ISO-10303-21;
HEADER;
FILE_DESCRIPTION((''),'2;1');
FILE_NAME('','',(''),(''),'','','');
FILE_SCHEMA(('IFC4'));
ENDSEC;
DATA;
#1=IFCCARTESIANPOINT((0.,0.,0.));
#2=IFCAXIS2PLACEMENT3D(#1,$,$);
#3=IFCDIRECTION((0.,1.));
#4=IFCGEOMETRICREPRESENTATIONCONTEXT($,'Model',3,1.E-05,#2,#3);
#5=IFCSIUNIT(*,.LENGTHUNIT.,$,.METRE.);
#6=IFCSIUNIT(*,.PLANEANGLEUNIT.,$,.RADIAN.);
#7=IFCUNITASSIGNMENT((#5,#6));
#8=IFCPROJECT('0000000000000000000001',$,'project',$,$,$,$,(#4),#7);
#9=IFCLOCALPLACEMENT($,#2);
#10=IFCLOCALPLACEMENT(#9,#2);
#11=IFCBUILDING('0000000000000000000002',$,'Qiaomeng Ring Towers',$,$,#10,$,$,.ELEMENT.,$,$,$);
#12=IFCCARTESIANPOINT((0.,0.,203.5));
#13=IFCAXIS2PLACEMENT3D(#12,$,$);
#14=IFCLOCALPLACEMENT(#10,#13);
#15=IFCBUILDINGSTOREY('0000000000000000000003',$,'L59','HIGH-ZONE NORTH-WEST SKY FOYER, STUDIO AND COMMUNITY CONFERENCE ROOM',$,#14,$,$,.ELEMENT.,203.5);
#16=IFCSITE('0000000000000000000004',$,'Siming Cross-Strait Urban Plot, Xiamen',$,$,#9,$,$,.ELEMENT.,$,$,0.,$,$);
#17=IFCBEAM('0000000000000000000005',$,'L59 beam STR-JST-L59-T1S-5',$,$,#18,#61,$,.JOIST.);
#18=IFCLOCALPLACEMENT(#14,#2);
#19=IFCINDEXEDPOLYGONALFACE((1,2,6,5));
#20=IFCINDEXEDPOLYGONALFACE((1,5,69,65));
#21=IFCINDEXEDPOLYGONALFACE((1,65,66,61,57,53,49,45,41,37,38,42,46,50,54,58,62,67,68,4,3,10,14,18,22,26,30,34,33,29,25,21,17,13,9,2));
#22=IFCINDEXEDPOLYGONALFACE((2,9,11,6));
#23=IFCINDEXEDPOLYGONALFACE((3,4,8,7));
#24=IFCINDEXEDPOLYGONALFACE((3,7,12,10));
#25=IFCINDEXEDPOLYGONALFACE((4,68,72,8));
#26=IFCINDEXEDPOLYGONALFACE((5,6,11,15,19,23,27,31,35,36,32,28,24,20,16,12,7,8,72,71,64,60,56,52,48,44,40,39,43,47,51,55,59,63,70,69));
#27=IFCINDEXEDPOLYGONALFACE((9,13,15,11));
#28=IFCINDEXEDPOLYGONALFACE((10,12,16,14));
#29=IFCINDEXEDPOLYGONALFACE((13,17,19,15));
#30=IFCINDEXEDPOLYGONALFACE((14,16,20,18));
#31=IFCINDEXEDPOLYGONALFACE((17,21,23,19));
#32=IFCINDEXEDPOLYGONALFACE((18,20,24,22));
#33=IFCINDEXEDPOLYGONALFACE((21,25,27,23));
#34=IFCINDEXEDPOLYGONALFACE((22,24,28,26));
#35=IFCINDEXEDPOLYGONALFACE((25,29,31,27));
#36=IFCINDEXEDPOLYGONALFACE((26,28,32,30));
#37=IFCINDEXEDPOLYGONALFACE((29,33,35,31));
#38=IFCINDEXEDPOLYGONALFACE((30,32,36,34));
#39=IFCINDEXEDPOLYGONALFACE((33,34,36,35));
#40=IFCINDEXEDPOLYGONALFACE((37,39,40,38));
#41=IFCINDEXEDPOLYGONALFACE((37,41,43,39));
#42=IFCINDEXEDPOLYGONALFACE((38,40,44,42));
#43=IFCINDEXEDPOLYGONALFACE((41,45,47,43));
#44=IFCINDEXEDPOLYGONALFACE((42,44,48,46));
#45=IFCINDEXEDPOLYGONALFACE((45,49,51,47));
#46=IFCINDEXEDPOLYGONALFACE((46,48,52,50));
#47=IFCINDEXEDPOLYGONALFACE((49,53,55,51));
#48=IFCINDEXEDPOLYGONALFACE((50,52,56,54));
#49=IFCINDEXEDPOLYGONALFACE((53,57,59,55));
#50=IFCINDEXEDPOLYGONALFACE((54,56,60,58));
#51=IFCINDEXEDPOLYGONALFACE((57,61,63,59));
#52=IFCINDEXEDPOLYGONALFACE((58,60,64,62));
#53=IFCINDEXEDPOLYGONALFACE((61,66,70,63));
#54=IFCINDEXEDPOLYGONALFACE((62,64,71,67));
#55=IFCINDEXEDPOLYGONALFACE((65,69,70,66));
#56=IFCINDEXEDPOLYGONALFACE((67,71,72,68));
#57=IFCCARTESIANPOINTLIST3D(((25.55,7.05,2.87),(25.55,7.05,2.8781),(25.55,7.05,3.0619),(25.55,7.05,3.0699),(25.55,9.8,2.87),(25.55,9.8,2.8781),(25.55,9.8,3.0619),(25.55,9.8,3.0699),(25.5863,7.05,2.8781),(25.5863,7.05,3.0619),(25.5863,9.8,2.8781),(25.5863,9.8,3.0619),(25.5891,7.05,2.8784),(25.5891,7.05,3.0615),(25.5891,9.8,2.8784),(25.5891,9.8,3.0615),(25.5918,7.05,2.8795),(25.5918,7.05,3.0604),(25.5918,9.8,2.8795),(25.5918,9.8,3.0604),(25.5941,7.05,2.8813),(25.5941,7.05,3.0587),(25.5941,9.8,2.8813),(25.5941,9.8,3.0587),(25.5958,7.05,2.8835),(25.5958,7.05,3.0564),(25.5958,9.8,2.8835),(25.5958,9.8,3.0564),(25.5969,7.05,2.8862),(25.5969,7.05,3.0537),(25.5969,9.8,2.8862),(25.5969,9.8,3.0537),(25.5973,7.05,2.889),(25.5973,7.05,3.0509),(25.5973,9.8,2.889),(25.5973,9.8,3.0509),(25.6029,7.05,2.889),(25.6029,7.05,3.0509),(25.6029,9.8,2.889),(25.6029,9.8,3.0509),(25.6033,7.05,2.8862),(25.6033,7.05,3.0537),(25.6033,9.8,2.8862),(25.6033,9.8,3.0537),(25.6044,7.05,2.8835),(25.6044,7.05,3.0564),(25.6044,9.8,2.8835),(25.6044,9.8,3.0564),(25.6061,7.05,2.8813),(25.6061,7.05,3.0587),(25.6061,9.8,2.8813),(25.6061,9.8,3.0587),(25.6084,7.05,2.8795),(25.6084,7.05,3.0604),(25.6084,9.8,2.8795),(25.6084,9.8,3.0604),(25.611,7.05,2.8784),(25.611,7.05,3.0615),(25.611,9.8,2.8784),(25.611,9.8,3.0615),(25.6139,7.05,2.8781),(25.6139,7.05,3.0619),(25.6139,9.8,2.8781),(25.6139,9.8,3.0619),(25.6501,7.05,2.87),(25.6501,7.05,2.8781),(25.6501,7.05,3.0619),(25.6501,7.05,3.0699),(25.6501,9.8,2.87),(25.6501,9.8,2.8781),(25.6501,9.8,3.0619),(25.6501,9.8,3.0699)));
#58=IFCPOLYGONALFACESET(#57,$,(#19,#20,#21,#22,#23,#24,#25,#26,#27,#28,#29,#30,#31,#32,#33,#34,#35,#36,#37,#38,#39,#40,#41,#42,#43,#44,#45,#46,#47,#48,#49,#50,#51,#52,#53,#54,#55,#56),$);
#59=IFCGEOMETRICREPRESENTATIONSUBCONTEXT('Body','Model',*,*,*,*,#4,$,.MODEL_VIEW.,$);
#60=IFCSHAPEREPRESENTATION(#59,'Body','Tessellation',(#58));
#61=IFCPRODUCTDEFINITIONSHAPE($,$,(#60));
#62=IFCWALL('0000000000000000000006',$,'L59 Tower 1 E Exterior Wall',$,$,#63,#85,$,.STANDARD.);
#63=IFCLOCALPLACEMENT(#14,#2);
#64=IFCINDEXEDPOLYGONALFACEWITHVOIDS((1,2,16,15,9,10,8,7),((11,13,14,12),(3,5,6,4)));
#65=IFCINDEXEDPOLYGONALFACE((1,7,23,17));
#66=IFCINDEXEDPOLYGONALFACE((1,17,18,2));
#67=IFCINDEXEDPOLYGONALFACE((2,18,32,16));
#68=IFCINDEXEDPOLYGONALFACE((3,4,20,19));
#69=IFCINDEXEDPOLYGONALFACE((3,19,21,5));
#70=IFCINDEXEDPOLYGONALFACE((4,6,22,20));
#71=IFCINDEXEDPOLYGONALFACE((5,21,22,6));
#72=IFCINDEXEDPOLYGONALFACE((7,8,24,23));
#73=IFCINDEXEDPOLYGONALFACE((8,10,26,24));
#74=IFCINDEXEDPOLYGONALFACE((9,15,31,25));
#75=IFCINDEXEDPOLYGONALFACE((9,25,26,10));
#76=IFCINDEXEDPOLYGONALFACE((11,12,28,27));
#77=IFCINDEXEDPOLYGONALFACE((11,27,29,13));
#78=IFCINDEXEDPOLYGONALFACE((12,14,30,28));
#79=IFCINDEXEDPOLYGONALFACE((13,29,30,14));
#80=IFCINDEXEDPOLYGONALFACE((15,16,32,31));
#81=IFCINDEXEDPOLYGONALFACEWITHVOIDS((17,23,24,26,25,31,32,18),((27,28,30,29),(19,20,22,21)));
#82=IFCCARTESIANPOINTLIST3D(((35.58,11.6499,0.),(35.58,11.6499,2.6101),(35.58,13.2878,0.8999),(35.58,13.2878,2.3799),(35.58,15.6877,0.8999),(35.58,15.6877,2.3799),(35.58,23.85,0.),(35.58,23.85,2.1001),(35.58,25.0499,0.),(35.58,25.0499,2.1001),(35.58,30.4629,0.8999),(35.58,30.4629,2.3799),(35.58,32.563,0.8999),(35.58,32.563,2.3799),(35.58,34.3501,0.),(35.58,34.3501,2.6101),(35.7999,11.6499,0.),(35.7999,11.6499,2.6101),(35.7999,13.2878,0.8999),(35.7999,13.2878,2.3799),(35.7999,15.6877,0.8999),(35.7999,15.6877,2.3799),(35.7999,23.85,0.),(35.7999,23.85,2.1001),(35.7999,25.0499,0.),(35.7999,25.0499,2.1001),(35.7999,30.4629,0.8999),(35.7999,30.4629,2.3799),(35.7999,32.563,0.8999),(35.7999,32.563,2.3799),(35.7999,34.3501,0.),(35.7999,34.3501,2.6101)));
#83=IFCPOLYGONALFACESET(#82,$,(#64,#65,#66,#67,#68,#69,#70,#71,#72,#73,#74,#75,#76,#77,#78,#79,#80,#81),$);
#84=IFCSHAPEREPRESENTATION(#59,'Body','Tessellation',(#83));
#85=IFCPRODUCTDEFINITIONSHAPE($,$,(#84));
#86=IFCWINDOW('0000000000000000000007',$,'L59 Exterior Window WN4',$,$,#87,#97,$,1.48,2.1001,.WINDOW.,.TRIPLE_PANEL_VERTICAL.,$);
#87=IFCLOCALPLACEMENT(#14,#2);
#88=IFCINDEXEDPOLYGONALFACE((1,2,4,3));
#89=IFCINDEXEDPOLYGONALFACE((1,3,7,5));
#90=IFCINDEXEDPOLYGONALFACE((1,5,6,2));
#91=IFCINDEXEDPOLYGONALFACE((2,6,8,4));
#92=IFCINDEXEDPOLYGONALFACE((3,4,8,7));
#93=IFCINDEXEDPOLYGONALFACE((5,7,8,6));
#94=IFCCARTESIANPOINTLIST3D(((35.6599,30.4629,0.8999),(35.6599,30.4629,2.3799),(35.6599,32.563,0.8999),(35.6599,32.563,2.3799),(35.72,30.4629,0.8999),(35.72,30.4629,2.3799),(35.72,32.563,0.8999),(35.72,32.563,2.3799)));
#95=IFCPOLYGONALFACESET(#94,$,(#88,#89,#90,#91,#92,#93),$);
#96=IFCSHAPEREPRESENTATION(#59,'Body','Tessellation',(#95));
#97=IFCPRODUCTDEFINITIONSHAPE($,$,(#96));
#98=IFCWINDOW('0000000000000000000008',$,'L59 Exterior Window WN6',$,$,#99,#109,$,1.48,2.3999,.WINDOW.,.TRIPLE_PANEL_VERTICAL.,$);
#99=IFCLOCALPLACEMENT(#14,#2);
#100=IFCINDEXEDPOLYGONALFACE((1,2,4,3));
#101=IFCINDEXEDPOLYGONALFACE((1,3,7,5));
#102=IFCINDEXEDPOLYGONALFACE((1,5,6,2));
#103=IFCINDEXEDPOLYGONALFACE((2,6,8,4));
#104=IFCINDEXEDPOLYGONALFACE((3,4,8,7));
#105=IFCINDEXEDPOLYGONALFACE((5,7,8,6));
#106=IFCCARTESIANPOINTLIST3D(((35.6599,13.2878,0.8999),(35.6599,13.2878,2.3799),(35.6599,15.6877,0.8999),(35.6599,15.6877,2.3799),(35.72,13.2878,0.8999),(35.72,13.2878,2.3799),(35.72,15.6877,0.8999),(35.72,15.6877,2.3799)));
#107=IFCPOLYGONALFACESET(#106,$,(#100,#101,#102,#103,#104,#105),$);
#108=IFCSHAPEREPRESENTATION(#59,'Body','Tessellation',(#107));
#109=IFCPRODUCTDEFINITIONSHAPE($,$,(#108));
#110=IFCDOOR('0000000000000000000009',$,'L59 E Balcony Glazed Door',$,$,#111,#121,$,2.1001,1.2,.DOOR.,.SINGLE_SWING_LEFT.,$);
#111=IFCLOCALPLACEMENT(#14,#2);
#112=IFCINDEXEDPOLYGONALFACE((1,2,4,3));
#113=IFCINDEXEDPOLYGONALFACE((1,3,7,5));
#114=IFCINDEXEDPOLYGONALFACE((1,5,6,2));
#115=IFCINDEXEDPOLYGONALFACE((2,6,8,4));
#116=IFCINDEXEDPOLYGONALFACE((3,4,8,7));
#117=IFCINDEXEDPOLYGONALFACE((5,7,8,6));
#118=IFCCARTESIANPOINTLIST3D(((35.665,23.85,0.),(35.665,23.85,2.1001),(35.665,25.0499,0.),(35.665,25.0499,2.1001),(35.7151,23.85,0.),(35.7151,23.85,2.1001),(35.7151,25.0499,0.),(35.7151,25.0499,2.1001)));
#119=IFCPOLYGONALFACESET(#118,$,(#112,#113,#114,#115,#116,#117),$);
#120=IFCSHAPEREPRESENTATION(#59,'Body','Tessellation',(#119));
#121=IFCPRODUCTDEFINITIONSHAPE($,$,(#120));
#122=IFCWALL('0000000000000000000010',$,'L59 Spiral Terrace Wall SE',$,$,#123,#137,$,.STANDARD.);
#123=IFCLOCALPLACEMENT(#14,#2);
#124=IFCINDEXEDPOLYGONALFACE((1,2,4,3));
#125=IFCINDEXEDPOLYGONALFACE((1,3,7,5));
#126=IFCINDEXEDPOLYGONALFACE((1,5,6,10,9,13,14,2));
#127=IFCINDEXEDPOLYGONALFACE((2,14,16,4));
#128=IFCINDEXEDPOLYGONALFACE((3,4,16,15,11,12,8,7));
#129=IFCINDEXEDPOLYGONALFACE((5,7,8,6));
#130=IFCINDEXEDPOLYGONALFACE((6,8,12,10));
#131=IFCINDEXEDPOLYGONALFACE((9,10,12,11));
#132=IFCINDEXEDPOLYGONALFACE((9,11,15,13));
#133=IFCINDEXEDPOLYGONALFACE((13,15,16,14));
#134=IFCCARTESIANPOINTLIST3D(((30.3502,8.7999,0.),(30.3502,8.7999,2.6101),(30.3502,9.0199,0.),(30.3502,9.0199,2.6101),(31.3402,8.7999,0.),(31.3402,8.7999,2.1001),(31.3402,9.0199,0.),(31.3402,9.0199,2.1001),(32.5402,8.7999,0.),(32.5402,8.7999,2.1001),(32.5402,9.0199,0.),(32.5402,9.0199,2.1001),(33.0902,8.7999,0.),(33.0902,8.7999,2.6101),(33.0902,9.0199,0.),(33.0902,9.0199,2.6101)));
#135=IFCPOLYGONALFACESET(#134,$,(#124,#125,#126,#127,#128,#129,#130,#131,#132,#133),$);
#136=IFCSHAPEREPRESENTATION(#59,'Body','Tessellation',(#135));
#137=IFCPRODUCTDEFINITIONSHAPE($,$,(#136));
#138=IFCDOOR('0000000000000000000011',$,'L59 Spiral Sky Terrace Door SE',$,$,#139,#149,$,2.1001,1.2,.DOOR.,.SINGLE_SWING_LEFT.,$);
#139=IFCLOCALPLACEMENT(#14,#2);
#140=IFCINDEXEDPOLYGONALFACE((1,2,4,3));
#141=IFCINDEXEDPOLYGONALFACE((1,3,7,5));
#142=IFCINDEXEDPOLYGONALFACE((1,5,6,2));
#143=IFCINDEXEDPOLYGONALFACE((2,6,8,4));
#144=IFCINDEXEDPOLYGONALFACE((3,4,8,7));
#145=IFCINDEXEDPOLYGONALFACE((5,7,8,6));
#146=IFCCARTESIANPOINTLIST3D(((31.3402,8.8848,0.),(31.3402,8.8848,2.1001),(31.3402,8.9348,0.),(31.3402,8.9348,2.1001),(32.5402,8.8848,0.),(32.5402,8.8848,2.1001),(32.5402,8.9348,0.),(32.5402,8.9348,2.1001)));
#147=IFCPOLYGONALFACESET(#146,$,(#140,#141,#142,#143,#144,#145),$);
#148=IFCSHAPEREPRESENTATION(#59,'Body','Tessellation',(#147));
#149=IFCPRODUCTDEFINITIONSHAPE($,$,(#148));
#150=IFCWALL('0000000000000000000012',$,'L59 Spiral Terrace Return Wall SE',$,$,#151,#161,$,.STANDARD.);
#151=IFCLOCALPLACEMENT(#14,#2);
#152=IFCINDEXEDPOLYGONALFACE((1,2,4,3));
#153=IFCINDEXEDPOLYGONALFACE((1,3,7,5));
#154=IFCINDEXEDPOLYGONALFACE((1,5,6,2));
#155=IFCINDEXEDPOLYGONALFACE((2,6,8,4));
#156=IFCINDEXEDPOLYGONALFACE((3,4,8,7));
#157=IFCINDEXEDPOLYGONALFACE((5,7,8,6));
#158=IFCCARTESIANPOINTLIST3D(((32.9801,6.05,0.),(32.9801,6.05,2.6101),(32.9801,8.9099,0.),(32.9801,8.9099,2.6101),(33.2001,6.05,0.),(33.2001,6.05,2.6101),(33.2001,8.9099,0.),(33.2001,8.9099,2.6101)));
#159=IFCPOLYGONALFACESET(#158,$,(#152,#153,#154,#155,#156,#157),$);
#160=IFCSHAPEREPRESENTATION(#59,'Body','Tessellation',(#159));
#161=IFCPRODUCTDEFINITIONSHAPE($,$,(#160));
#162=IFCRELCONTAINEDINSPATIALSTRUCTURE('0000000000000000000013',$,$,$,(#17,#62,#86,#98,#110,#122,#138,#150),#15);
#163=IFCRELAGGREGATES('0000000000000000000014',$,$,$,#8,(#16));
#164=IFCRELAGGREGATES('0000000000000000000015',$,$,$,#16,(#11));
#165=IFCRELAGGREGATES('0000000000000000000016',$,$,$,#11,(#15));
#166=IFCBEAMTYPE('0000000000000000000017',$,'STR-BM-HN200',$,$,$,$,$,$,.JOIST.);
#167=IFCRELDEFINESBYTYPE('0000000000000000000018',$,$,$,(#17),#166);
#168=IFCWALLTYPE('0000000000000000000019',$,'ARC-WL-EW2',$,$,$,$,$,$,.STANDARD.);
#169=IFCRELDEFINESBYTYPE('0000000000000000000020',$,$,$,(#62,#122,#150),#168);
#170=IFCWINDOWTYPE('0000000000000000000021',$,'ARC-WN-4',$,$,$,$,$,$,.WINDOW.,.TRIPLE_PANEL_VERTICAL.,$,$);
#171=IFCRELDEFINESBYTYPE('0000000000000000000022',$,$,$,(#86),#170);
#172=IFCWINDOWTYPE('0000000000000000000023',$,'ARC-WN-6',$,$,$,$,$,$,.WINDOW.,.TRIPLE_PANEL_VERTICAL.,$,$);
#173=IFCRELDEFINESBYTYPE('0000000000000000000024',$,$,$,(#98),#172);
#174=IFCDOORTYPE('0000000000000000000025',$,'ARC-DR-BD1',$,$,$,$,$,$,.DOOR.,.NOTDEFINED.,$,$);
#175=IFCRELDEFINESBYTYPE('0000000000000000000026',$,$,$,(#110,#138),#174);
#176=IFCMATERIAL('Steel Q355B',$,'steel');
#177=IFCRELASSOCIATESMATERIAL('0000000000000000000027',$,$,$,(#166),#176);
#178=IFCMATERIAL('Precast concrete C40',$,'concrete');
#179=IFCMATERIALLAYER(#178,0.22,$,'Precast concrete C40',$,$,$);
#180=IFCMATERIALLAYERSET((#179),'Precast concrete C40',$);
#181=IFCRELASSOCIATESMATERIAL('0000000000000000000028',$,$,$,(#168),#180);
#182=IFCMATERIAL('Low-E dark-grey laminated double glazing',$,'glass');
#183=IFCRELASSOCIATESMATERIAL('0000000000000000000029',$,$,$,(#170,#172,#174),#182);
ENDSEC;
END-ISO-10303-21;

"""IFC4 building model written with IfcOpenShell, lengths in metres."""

from ifc_helpers import new_model, si_unit, direction, frame, frame_2d, origin, origin_2d, place, context, subcontext, project, spatial, rectangle, i_section, extrude, source, transform, mapped, material, layer, layer_set, material_profile, profile_set, type_object, element, fill, save


model = new_model("IFC4")

# Units and contexts
model_context = context("Model", 3, precision=1e-05, world=origin(), true_north=direction((0.0, 1.0)))
body_context = subcontext(model_context, "Body", "Model", "MODEL_VIEW")
ifc_project = project(units=[si_unit("LENGTHUNIT", "METRE"), si_unit("PLANEANGLEUNIT", "RADIAN")], contexts=[model_context])

# Site, building, storey
site_placement = place(None, origin())
site = spatial("IfcSite", under=ifc_project, at=site_placement, Name="Siming Cross-Strait Urban Plot, Xiamen", CompositionType="ELEMENT", RefElevation=0.0)
building_placement = place(site_placement, origin())
building = spatial("IfcBuilding", under=site, at=building_placement, Name="Qiaomeng Ring Towers", CompositionType="ELEMENT")
storey_placement = place(building_placement, frame((0.0, 0.0, 203.5)))
storey = spatial("IfcBuildingStorey", under=building, at=storey_placement, Name="L59", Description="HIGH-ZONE NORTH-WEST SKY FOYER, STUDIO AND COMMUNITY CONFERENCE ROOM", CompositionType="ELEMENT", Elevation=203.5)

# Beam
ifc_material_1 = material(Name="Steel Q355B", Category="steel")
ifc_material_profile_1 = material_profile(ifc_material_1, i_section(OverallWidth=0.1001, OverallDepth=0.2, WebThickness=0.0056, FlangeThickness=0.0081, FilletRadius=0.011, at=origin_2d()), Name="HN 200x100x5.5x8")
ifc_profile_set_1 = profile_set([ifc_material_profile_1], Name="Steel Q355B")
beam_type_1 = type_object("IfcBeamType", Name="STR-BM-HN200", PredefinedType="JOIST", material=ifc_profile_set_1)
shared_shape_1 = source(origin(), body_context, "Body", "SweptSolid", [
    extrude(i_section(OverallWidth=0.1001, OverallDepth=0.2, WebThickness=0.0056, FlangeThickness=0.0081, FilletRadius=0.011, at=origin_2d()), origin(), (0.0, 0.0, 1.0), 2.75),
])
beam_1_placement = place(storey_placement, frame((25.6001, 7.05, 2.97), z_axis=(0.0, 1.0, 0.0), x_axis=(-1.0, 0.0, 0.0)))
element("IfcBeam", 1, at=beam_1_placement, inside=storey, type_object=beam_type_1, Name="L59 beam STR-JST-L59-T1S-5", PredefinedType="JOIST", context=body_context, shape_type="MappedRepresentation", body=[
    mapped(shared_shape_1, transform((0.0, 0.0, 0.0), x_axis=(1.0, 0.0, 0.0), y_axis=(0.0, 1.0, 0.0), z_axis=(0.0, 0.0, 1.0), scale=1.0)),
])

# Wall, openings, windows, door
ifc_material_2 = material(Name="Precast concrete C40", Category="concrete")
ifc_layer_1 = layer(ifc_material_2, 0.22, Name="Precast concrete C40")
ifc_layer_set_1 = layer_set([ifc_layer_1], Name="Precast concrete C40")
wall_type_1 = type_object("IfcWallType", Name="ARC-WL-EW2", PredefinedType="STANDARD", material=ifc_layer_set_1)
wall_1_placement = place(storey_placement, frame((35.6899, 11.6499, 0.0), z_axis=(0.0, 0.0, 1.0), x_axis=(0.0, 1.0, 0.0)))
wall_1 = element("IfcWall", 2, at=wall_1_placement, inside=storey, type_object=wall_type_1, Name="L59 Tower 1 E Exterior Wall", PredefinedType="STANDARD", context=body_context, shape_type="SweptSolid", body=[
    extrude(rectangle(XDim=22.7002, YDim=0.22, at=frame_2d((11.3501, 0.0))), origin(), (0.0, 0.0, 1.0), 2.6101),
])
opening_1_placement = place(wall_1_placement, frame((12.2, 0.0, 0.0)))
opening_1 = element("IfcOpeningElement", 3, at=opening_1_placement, cuts=wall_1, PredefinedType="OPENING", context=body_context, shape_type="SweptSolid", body=[
    extrude(rectangle(XDim=1.2, YDim=2.1001, at=frame_2d((0.6001, 1.05))), frame((0.0, 0.1199, 0.0), z_axis=(0.0, -1.0, 0.0), x_axis=(1.0, 0.0, 0.0)), (0.0, 0.0, 1.0), 0.24),
])
opening_2_placement = place(wall_1_placement, frame((1.6379, 0.0, 0.8999)))
opening_2 = element("IfcOpeningElement", 4, at=opening_2_placement, cuts=wall_1, PredefinedType="OPENING", context=body_context, shape_type="SweptSolid", body=[
    extrude(rectangle(XDim=2.3999, YDim=1.48, at=frame_2d((1.2, 0.74))), frame((0.0, 0.1199, 0.0), z_axis=(0.0, -1.0, 0.0), x_axis=(1.0, 0.0, 0.0)), (0.0, 0.0, 1.0), 0.24),
])
opening_3_placement = place(wall_1_placement, frame((18.813, 0.0, 0.8999)))
opening_3 = element("IfcOpeningElement", 5, at=opening_3_placement, cuts=wall_1, PredefinedType="OPENING", context=body_context, shape_type="SweptSolid", body=[
    extrude(rectangle(XDim=2.1001, YDim=1.48, at=frame_2d((1.05, 0.74))), frame((0.0, 0.1199, 0.0), z_axis=(0.0, -1.0, 0.0), x_axis=(1.0, 0.0, 0.0)), (0.0, 0.0, 1.0), 0.24),
])
ifc_material_3 = material(Name="Low-E dark-grey laminated double glazing", Category="glass")
window_type_1 = type_object("IfcWindowType", Name="ARC-WN-4", PartitioningType="TRIPLE_PANEL_VERTICAL", PredefinedType="WINDOW", material=ifc_material_3)
shared_shape_2 = source(origin(), body_context, "Body", "SweptSolid", [
    extrude(rectangle(XDim=2.1001, YDim=1.48, at=frame_2d((1.05, 0.74))), frame((0.0, 0.03, 0.0), z_axis=(0.0, -1.0, 0.0), x_axis=(1.0, 0.0, 0.0)), (0.0, 0.0, 1.0), 0.0601),
])
window_1_placement = place(opening_3_placement, origin())
window_1 = element("IfcWindow", 6, at=window_1_placement, inside=storey, type_object=window_type_1, Name="L59 Exterior Window WN4", OverallHeight=1.48, OverallWidth=2.1001, PartitioningType="TRIPLE_PANEL_VERTICAL", PredefinedType="WINDOW", context=body_context, shape_type="MappedRepresentation", body=[
    mapped(shared_shape_2, transform((0.0, 0.0, 0.0), x_axis=(1.0, 0.0, 0.0), y_axis=(0.0, 1.0, 0.0), z_axis=(0.0, 0.0, 1.0), scale=1.0)),
])
fill(opening_3, window_1)
window_type_2 = type_object("IfcWindowType", Name="ARC-WN-6", PartitioningType="TRIPLE_PANEL_VERTICAL", PredefinedType="WINDOW", material=ifc_material_3)
shared_shape_3 = source(origin(), body_context, "Body", "SweptSolid", [
    extrude(rectangle(XDim=2.3999, YDim=1.48, at=frame_2d((1.2, 0.74))), frame((0.0, 0.03, 0.0), z_axis=(0.0, -1.0, 0.0), x_axis=(1.0, 0.0, 0.0)), (0.0, 0.0, 1.0), 0.0601),
])
window_2_placement = place(opening_2_placement, origin())
window_2 = element("IfcWindow", 7, at=window_2_placement, inside=storey, type_object=window_type_2, Name="L59 Exterior Window WN6", OverallHeight=1.48, OverallWidth=2.3999, PartitioningType="TRIPLE_PANEL_VERTICAL", PredefinedType="WINDOW", context=body_context, shape_type="MappedRepresentation", body=[
    mapped(shared_shape_3, transform((0.0, 0.0, 0.0), x_axis=(1.0, 0.0, 0.0), y_axis=(0.0, 1.0, 0.0), z_axis=(0.0, 0.0, 1.0), scale=1.0)),
])
fill(opening_2, window_2)
door_type_1 = type_object("IfcDoorType", Name="ARC-DR-BD1", OperationType="NOTDEFINED", PredefinedType="DOOR", material=ifc_material_3)
shared_shape_4 = source(origin(), body_context, "Body", "SweptSolid", [
    extrude(rectangle(XDim=1.2, YDim=2.1001, at=frame_2d((0.6001, 1.05))), frame((0.0, 0.0249, 0.0), z_axis=(0.0, -1.0, 0.0), x_axis=(1.0, 0.0, 0.0)), (0.0, 0.0, 1.0), 0.05),
])
door_1_placement = place(opening_1_placement, origin())
door_1 = element("IfcDoor", 8, at=door_1_placement, inside=storey, type_object=door_type_1, Name="L59 E Balcony Glazed Door", OperationType="SINGLE_SWING_LEFT", OverallHeight=2.1001, OverallWidth=1.2, PredefinedType="DOOR", context=body_context, shape_type="MappedRepresentation", body=[
    mapped(shared_shape_4, transform((0.0, 0.0, 0.0), x_axis=(1.0, 0.0, 0.0), y_axis=(0.0, 1.0, 0.0), z_axis=(0.0, 0.0, 1.0), scale=1.0)),
])
fill(opening_1, door_1)

# Wall, opening, door
wall_2_placement = place(storey_placement, frame((30.3501, 8.9099, 0.0), z_axis=(0.0, 0.0, 1.0), x_axis=(1.0, 0.0, 0.0)))
wall_2 = element("IfcWall", 9, at=wall_2_placement, inside=storey, type_object=wall_type_1, Name="L59 Spiral Terrace Wall SE", PredefinedType="STANDARD", context=body_context, shape_type="SweptSolid", body=[
    extrude(rectangle(XDim=2.74, YDim=0.22, at=frame_2d((1.3701, 0.0))), origin(), (0.0, 0.0, 1.0), 2.6101),
])
opening_4_placement = place(wall_2_placement, frame((0.99, 0.0, 0.0)))
opening_4 = element("IfcOpeningElement", 10, at=opening_4_placement, cuts=wall_2, PredefinedType="OPENING", context=body_context, shape_type="SweptSolid", body=[
    extrude(rectangle(XDim=1.2, YDim=2.1001, at=frame_2d((0.6001, 1.05))), frame((0.0, 0.1199, 0.0), z_axis=(0.0, -1.0, 0.0), x_axis=(1.0, 0.0, 0.0)), (0.0, 0.0, 1.0), 0.24),
])
door_2_placement = place(opening_4_placement, origin())
door_2 = element("IfcDoor", 11, at=door_2_placement, inside=storey, type_object=door_type_1, Name="L59 Spiral Sky Terrace Door SE", OperationType="SINGLE_SWING_LEFT", OverallHeight=2.1001, OverallWidth=1.2, PredefinedType="DOOR", context=body_context, shape_type="MappedRepresentation", body=[
    mapped(shared_shape_4, transform((0.0, 0.0, 0.0), x_axis=(1.0, 0.0, 0.0), y_axis=(0.0, 1.0, 0.0), z_axis=(0.0, 0.0, 1.0), scale=1.0)),
])
fill(opening_4, door_2)

# Wall
wall_3_placement = place(storey_placement, frame((33.0901, 6.05, 0.0), z_axis=(0.0, 0.0, 1.0), x_axis=(0.0, 1.0, 0.0)))
element("IfcWall", 12, at=wall_3_placement, inside=storey, type_object=wall_type_1, Name="L59 Spiral Terrace Return Wall SE", PredefinedType="STANDARD", context=body_context, shape_type="SweptSolid", body=[
    extrude(rectangle(XDim=2.8599, YDim=0.22, at=frame_2d((1.4299, 0.0))), origin(), (0.0, 0.0, 1.0), 2.6101),
])

save(model, "model.ifc")
